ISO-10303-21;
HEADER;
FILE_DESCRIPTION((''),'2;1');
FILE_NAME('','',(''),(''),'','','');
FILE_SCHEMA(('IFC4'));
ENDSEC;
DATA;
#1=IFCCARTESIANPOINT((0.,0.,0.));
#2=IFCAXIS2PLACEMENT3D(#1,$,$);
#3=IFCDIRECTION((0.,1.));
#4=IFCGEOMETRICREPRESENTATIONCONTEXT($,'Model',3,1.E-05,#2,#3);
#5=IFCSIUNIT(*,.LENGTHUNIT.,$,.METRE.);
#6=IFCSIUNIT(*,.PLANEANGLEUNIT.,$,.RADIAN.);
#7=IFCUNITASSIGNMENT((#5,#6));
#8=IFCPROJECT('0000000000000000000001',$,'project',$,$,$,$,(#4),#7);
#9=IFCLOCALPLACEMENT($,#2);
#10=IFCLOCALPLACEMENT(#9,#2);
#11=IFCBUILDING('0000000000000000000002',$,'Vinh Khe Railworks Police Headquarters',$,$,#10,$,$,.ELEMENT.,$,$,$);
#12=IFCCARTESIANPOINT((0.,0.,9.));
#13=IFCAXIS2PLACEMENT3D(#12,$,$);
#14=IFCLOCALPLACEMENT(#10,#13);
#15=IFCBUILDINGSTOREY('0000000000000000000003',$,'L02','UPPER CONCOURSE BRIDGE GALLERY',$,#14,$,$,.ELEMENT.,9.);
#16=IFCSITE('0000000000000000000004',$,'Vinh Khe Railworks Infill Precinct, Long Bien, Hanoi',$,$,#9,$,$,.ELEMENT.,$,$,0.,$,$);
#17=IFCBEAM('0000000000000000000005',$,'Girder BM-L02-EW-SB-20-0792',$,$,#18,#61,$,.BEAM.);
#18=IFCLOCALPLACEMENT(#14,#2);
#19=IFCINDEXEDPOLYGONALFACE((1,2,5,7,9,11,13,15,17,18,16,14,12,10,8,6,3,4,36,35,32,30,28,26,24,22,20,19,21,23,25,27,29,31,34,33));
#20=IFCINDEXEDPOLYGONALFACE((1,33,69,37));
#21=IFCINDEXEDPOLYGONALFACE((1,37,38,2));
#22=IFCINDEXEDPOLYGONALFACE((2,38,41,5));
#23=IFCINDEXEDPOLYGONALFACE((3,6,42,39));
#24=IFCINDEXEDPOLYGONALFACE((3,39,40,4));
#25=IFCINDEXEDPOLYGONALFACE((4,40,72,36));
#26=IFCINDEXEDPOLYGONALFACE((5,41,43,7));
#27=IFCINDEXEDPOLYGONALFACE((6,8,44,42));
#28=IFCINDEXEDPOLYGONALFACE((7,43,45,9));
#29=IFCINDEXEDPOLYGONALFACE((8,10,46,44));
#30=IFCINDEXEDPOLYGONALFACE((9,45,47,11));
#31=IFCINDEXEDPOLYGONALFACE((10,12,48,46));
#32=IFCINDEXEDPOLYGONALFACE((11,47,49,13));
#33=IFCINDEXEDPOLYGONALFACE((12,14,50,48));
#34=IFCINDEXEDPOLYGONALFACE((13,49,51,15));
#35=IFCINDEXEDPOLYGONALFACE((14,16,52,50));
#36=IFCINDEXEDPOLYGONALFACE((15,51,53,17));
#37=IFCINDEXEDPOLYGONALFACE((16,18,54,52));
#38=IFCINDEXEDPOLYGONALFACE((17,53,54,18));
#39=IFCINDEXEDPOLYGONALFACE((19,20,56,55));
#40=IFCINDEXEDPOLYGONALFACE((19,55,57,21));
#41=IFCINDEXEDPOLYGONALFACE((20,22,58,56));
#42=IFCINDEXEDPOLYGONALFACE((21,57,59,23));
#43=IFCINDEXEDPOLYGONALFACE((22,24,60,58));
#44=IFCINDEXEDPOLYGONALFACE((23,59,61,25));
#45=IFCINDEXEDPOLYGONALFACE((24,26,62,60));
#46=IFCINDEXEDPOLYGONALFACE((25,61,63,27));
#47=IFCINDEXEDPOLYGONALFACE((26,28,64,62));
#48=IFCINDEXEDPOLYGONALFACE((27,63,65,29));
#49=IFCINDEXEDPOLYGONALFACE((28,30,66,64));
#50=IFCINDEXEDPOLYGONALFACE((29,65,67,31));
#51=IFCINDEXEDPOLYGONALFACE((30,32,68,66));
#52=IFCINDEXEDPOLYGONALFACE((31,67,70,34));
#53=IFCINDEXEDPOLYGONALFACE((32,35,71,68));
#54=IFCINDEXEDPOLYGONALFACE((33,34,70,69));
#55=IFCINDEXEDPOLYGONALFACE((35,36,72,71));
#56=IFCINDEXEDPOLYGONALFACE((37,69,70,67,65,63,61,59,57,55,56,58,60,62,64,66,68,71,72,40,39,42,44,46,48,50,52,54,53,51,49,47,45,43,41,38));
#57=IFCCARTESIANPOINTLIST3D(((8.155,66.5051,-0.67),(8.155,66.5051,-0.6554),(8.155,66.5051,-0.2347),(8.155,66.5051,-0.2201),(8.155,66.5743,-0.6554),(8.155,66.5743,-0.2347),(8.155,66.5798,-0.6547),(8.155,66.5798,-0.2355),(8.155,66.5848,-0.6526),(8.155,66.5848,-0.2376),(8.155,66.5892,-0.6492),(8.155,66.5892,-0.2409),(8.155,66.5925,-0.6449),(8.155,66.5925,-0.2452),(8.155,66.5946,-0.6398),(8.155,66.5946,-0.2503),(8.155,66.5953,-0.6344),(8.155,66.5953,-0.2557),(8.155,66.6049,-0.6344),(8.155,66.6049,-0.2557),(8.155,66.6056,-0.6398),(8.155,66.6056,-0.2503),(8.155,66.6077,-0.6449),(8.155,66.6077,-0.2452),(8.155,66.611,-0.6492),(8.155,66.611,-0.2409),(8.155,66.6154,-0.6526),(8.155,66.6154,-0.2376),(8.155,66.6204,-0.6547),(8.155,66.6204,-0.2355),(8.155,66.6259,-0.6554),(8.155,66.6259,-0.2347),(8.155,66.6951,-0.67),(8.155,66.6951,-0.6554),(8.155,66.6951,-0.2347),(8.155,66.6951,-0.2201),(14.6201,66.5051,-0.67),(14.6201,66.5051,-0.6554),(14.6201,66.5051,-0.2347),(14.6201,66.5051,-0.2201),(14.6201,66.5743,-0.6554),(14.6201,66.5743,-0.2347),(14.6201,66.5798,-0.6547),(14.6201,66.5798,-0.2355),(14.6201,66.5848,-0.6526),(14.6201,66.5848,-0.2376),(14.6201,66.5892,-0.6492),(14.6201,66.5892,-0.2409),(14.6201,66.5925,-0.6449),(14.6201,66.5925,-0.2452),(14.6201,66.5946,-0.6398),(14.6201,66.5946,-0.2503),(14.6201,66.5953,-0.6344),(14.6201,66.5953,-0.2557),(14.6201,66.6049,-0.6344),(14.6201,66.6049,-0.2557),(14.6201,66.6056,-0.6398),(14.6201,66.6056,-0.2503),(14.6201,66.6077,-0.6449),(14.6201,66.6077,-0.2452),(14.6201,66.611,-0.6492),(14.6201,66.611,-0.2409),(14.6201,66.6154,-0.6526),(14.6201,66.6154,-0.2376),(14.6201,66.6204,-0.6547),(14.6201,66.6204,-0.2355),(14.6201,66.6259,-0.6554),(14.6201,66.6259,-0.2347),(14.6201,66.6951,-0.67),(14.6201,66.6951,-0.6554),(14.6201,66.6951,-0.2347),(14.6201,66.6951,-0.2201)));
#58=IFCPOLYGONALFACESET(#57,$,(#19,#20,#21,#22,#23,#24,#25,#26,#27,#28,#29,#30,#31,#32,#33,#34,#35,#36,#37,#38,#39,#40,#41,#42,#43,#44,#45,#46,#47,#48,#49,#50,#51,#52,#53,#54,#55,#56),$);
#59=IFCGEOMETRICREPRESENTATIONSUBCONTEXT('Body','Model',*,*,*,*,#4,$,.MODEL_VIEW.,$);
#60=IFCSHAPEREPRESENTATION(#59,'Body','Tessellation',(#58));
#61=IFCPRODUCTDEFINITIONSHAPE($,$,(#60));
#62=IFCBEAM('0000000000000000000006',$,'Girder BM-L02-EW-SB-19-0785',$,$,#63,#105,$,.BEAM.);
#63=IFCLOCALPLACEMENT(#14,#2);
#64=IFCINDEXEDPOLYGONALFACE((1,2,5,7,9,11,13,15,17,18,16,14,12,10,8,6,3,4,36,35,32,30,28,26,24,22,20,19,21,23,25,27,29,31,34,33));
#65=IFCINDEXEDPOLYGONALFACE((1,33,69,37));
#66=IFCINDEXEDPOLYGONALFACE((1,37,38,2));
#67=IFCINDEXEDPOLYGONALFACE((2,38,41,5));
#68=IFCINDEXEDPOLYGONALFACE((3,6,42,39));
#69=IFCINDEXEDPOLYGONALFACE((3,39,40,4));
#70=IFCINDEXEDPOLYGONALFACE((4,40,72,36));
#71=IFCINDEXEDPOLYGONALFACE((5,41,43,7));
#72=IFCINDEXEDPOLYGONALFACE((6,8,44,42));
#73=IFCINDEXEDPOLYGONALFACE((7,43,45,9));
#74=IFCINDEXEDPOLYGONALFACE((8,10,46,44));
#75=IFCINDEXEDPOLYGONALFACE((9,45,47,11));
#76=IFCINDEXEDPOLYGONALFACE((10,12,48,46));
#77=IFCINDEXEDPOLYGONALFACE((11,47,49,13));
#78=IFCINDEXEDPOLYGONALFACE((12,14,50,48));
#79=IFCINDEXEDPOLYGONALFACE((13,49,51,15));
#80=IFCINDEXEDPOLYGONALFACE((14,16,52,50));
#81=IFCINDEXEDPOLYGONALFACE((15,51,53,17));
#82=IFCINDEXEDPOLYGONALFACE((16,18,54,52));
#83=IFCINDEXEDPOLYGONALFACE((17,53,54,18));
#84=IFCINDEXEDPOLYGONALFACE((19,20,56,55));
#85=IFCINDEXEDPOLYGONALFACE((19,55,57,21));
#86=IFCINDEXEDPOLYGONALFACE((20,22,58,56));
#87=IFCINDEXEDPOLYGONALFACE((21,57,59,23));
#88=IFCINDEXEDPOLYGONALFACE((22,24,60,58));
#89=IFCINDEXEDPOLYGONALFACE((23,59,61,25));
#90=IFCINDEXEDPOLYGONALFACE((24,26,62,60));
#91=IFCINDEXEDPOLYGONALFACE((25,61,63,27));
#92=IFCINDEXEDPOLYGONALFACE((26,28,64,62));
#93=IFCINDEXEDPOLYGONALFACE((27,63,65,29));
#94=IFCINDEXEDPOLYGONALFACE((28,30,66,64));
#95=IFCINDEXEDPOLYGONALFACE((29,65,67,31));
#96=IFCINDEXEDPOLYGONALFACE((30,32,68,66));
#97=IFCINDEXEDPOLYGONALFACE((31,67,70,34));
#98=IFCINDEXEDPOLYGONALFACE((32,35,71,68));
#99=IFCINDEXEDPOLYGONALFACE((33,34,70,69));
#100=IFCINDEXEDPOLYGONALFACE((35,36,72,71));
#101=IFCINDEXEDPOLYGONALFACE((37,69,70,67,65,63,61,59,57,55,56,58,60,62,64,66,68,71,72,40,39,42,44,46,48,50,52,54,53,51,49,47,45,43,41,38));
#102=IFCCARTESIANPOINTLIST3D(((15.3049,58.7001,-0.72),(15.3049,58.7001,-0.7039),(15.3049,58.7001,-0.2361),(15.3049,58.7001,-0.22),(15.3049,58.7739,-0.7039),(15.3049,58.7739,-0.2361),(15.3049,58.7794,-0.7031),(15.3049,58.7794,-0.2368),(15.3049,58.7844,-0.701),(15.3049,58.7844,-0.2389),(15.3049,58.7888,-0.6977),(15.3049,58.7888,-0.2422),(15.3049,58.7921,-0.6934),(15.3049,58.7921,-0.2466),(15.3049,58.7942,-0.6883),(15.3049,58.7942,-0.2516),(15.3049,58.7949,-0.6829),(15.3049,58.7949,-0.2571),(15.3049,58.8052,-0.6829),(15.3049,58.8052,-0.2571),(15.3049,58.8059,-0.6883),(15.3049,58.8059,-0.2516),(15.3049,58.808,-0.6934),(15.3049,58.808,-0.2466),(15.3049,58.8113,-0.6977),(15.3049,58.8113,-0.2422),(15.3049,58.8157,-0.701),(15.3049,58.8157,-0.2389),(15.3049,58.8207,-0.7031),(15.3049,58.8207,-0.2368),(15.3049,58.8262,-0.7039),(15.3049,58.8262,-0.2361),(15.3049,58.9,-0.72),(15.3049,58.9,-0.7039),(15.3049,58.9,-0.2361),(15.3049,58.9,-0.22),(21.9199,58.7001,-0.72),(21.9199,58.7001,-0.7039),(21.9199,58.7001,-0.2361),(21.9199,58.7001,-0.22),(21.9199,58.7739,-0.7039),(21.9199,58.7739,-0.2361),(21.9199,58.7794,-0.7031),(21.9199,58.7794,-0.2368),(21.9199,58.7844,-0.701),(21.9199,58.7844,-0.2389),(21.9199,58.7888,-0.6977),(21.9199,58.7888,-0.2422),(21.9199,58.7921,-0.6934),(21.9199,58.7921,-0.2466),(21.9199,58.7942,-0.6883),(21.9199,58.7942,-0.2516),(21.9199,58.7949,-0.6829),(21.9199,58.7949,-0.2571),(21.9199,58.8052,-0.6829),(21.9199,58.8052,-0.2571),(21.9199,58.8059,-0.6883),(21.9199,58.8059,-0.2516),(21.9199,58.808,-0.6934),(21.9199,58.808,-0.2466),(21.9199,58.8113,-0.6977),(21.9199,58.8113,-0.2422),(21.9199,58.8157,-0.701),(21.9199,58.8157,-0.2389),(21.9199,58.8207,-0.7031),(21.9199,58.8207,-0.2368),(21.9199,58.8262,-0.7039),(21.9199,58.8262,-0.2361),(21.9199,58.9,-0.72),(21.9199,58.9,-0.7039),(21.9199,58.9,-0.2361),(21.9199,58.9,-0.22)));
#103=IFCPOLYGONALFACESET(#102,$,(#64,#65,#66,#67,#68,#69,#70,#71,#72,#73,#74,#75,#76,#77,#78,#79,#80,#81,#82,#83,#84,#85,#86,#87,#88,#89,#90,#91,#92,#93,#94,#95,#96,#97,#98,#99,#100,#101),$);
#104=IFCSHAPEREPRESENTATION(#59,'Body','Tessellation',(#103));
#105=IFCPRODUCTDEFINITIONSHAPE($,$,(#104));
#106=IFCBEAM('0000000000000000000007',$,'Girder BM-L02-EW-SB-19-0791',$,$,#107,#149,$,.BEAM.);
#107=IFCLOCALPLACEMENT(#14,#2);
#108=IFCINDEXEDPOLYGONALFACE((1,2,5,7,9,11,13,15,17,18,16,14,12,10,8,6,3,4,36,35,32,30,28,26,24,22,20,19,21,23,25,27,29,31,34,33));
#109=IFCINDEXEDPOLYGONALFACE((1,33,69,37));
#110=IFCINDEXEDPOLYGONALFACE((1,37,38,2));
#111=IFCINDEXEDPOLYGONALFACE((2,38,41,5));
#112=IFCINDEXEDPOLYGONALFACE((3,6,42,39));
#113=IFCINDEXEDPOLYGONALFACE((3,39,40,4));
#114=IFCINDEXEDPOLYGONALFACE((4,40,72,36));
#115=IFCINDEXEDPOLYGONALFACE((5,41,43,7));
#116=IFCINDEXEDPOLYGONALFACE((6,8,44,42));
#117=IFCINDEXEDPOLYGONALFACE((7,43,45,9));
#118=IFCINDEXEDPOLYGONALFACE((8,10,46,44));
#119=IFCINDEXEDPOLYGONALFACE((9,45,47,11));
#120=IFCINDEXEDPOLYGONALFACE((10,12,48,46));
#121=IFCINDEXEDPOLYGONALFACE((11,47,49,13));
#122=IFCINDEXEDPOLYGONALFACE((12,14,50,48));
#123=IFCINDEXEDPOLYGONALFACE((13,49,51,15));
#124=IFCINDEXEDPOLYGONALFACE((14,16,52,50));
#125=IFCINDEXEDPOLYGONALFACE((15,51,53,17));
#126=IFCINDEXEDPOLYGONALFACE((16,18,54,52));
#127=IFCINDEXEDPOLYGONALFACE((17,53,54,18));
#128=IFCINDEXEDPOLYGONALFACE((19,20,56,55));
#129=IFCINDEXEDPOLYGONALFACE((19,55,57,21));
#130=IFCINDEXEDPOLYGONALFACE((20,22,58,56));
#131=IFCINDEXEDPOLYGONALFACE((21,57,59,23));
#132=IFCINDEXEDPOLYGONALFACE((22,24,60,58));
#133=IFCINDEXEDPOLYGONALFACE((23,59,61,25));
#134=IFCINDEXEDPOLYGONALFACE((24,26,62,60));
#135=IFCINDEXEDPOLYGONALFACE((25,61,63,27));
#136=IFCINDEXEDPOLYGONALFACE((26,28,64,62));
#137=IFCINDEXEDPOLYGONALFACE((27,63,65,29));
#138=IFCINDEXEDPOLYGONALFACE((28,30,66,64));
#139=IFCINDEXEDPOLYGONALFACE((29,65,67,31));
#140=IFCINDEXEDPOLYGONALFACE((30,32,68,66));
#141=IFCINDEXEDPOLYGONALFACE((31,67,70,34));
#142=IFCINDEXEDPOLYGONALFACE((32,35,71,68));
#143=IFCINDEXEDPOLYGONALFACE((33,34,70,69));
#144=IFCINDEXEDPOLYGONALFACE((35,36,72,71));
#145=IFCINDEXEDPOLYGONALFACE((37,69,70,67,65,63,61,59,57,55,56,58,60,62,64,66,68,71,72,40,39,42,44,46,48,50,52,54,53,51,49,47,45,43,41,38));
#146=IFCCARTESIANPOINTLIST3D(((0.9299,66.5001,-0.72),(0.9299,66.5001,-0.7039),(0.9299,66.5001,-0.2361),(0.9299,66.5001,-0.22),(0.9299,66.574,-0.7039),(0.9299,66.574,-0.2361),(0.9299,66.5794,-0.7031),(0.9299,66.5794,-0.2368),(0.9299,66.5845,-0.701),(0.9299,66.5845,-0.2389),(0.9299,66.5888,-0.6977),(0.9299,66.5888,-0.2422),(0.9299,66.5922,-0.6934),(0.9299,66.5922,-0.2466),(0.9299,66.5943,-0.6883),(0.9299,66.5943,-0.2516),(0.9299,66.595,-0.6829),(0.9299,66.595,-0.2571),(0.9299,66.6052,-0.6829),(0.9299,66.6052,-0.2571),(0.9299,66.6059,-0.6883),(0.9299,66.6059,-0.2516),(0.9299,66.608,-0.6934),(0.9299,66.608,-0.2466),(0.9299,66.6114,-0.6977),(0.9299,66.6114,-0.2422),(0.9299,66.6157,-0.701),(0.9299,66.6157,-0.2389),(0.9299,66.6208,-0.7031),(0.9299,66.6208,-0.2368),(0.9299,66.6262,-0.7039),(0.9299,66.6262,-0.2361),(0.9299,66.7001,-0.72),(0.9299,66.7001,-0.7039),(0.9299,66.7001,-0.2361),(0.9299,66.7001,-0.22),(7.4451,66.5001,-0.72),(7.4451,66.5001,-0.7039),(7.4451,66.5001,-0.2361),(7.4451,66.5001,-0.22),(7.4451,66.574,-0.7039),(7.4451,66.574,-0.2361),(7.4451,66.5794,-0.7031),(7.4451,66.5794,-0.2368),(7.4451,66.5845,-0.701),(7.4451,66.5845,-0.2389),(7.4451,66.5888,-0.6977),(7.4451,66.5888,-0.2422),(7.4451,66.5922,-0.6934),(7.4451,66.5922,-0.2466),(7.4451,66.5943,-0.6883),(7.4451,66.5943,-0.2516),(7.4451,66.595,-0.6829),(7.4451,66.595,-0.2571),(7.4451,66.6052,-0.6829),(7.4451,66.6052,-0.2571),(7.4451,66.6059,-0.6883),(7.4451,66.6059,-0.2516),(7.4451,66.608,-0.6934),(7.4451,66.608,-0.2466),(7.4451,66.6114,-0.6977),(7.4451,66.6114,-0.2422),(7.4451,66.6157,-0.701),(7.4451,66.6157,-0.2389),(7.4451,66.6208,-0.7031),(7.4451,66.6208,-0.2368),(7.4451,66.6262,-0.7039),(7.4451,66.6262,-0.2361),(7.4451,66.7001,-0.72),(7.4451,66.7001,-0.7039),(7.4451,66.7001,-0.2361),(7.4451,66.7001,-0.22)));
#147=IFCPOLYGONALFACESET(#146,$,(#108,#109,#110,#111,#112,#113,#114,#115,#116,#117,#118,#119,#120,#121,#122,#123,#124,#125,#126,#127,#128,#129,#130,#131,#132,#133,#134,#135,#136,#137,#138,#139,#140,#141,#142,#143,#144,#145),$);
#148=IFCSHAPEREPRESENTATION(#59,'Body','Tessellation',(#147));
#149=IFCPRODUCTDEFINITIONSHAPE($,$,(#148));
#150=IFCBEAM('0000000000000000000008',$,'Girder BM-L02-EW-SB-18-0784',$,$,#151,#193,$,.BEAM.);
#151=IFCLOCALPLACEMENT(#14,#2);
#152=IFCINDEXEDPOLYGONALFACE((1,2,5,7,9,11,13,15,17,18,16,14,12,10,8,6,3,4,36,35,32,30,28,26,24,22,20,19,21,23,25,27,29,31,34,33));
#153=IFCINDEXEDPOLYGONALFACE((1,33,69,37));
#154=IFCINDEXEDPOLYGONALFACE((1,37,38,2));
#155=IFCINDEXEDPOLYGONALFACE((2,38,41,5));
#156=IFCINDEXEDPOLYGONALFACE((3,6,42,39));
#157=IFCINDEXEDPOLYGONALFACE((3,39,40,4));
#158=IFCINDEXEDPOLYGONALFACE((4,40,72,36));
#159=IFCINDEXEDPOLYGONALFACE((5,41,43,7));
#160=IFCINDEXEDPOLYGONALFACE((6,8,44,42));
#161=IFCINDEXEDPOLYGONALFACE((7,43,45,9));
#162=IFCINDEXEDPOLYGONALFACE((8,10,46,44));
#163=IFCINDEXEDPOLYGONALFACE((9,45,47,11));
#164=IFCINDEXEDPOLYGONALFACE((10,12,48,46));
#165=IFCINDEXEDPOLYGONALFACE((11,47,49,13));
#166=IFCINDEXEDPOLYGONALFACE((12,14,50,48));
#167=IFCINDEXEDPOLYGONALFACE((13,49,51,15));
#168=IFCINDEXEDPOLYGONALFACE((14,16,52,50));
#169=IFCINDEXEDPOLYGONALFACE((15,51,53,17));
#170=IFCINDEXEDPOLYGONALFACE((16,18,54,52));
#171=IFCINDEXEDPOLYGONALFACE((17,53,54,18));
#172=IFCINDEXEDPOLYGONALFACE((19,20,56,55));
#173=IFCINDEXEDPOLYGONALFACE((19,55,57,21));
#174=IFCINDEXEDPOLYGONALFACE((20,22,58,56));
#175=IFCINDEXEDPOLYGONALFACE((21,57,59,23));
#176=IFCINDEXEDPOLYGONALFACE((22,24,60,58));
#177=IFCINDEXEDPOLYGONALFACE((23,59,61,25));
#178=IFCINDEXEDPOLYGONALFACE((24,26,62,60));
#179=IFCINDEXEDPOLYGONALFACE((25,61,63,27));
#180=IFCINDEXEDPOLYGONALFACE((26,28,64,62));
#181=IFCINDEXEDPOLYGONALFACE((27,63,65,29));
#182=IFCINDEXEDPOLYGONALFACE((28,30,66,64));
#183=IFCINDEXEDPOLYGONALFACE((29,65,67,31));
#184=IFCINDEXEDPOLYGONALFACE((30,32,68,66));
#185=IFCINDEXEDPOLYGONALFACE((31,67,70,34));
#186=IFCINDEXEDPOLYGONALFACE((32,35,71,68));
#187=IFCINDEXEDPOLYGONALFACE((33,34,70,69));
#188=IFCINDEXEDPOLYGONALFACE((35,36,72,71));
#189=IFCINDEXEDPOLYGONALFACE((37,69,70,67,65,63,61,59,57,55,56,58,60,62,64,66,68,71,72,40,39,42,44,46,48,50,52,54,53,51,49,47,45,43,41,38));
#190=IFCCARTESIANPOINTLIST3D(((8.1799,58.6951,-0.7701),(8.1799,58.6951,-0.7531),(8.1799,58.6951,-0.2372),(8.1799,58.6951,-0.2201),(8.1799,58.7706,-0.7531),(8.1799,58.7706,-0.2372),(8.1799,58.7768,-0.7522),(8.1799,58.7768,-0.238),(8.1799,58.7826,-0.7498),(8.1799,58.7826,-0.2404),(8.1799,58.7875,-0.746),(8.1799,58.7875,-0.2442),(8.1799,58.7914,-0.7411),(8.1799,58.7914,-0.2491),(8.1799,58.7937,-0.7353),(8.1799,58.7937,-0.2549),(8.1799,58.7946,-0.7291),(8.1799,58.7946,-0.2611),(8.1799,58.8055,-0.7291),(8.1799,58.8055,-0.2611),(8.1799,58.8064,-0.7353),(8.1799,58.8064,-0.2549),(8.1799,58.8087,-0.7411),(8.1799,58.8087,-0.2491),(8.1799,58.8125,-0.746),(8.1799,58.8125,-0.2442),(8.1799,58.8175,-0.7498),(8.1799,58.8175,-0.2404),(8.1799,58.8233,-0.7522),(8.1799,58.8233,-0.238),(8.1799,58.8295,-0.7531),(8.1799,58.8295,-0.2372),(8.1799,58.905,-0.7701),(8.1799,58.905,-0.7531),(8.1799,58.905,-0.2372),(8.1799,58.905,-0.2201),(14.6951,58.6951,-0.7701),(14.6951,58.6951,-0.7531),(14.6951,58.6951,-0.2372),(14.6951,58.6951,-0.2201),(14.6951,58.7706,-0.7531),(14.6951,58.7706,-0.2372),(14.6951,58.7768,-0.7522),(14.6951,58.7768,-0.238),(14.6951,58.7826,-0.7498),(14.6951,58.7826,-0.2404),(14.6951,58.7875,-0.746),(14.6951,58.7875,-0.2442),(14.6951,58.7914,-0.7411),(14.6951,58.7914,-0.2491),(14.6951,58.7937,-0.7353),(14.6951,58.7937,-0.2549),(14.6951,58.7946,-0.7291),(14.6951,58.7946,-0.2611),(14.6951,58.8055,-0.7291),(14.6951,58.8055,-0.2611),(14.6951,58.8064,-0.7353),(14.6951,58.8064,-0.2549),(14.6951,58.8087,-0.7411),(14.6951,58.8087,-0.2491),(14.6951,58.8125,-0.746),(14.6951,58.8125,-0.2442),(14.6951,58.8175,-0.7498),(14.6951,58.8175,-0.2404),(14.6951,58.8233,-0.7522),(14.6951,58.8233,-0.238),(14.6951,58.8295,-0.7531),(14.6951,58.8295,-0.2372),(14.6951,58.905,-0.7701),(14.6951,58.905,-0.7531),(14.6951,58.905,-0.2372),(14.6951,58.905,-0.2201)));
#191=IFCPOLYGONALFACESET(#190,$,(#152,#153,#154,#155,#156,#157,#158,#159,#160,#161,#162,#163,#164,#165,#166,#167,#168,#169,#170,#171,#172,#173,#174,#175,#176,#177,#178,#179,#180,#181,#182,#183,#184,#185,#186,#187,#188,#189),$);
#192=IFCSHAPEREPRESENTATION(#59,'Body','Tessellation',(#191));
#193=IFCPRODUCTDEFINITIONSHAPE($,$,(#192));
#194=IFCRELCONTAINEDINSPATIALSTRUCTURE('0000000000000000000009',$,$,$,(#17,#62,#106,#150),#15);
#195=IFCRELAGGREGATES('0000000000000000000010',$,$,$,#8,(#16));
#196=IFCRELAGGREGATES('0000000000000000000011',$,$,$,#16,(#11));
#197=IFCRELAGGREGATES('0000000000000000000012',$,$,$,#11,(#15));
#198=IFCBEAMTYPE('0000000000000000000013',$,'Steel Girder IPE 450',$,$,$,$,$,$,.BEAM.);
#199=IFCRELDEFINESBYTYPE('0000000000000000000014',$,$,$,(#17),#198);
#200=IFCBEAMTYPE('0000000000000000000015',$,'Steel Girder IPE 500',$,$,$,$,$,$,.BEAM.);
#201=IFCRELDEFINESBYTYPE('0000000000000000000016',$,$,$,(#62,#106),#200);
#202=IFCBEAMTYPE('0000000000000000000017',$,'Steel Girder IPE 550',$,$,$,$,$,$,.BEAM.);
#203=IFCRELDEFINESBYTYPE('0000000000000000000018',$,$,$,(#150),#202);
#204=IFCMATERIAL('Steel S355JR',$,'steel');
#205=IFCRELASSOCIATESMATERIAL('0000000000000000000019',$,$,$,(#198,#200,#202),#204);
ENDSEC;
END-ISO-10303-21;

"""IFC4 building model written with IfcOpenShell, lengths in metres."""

from ifc_helpers import new_model, si_unit, direction, frame, origin, origin_2d, place, context, subcontext, project, spatial, i_section, extrude, material, material_profile, profile_set, type_object, element, save


model = new_model("IFC4")

# Units and contexts
model_context = context("Model", 3, precision=1e-05, world=origin(), true_north=direction((0.0, 1.0)))
body_context = subcontext(model_context, "Body", "Model", "MODEL_VIEW")
ifc_project = project(units=[si_unit("LENGTHUNIT", "METRE"), si_unit("PLANEANGLEUNIT", "RADIAN")], contexts=[model_context])

# Site, building, storey
site_placement = place(None, origin())
site = spatial("IfcSite", under=ifc_project, at=site_placement, Name="Vinh Khe Railworks Infill Precinct, Long Bien, Hanoi", CompositionType="ELEMENT", RefElevation=0.0)
building_placement = place(site_placement, origin())
building = spatial("IfcBuilding", under=site, at=building_placement, Name="Vinh Khe Railworks Police Headquarters", CompositionType="ELEMENT")
storey_placement = place(building_placement, frame((0.0, 0.0, 9.0)))
storey = spatial("IfcBuildingStorey", under=building, at=storey_placement, Name="L02", Description="UPPER CONCOURSE BRIDGE GALLERY", CompositionType="ELEMENT", Elevation=9.0)

# Shared definitions
ifc_material_1 = material(Name="Steel S355JR", Category="steel")

# Beams
ifc_material_profile_1 = material_profile(ifc_material_1, i_section(OverallWidth=0.1899, OverallDepth=0.45, WebThickness=0.0095, FlangeThickness=0.0146, FilletRadius=0.021, at=origin_2d()), Name="IPE 450")
ifc_profile_set_1 = profile_set([ifc_material_profile_1], Name="Steel S355JR")
beam_type_1 = type_object("IfcBeamType", Name="Steel Girder IPE 450", PredefinedType="BEAM", material=ifc_profile_set_1)
beam_1_placement = place(storey_placement, frame((8.155, 66.6001, -0.4451), z_axis=(1.0, 0.0, 0.0), x_axis=(0.0, 1.0, 0.0)))
element("IfcBeam", 1, at=beam_1_placement, inside=storey, type_object=beam_type_1, Name="Girder BM-L02-EW-SB-20-0792", PredefinedType="BEAM", context=body_context, shape_type="SweptSolid", body=[
    extrude(i_section(OverallWidth=0.1899, OverallDepth=0.45, WebThickness=0.0095, FlangeThickness=0.0146, FilletRadius=0.021, at=origin_2d()), origin(), (0.0, 0.0, 1.0), 6.4651),
])
ifc_material_profile_2 = material_profile(ifc_material_1, i_section(OverallWidth=0.2, OverallDepth=0.5, WebThickness=0.0103, FlangeThickness=0.0161, FilletRadius=0.021, at=origin_2d()), Name="IPE 500")
ifc_profile_set_2 = profile_set([ifc_material_profile_2], Name="Steel S355JR")
beam_type_2 = type_object("IfcBeamType", Name="Steel Girder IPE 500", PredefinedType="BEAM", material=ifc_profile_set_2)
beam_2_placement = place(storey_placement, frame((15.3049, 58.8, -0.47), z_axis=(1.0, 0.0, 0.0), x_axis=(0.0, 1.0, 0.0)))
element("IfcBeam", 2, at=beam_2_placement, inside=storey, type_object=beam_type_2, Name="Girder BM-L02-EW-SB-19-0785", PredefinedType="BEAM", context=body_context, shape_type="SweptSolid", body=[
    extrude(i_section(OverallWidth=0.2, OverallDepth=0.5, WebThickness=0.0103, FlangeThickness=0.0161, FilletRadius=0.021, at=origin_2d()), origin(), (0.0, 0.0, 1.0), 6.615),
])
beam_3_placement = place(storey_placement, frame((0.9299, 66.6001, -0.47), z_axis=(1.0, 0.0, 0.0), x_axis=(0.0, 1.0, 0.0)))
element("IfcBeam", 3, at=beam_3_placement, inside=storey, type_object=beam_type_2, Name="Girder BM-L02-EW-SB-19-0791", PredefinedType="BEAM", context=body_context, shape_type="SweptSolid", body=[
    extrude(i_section(OverallWidth=0.2, OverallDepth=0.5, WebThickness=0.0103, FlangeThickness=0.0161, FilletRadius=0.021, at=origin_2d()), origin(), (0.0, 0.0, 1.0), 6.5151),
])
ifc_material_profile_3 = material_profile(ifc_material_1, i_section(OverallWidth=0.21, OverallDepth=0.55, WebThickness=0.011, FlangeThickness=0.0171, FilletRadius=0.0239, at=origin_2d()), Name="IPE 550")
ifc_profile_set_3 = profile_set([ifc_material_profile_3], Name="Steel S355JR")
beam_type_3 = type_object("IfcBeamType", Name="Steel Girder IPE 550", PredefinedType="BEAM", material=ifc_profile_set_3)
beam_4_placement = place(storey_placement, frame((8.1799, 58.8, -0.4951), z_axis=(1.0, 0.0, 0.0), x_axis=(0.0, 1.0, 0.0)))
element("IfcBeam", 4, at=beam_4_placement, inside=storey, type_object=beam_type_3, Name="Girder BM-L02-EW-SB-18-0784", PredefinedType="BEAM", context=body_context, shape_type="SweptSolid", body=[
    extrude(i_section(OverallWidth=0.21, OverallDepth=0.55, WebThickness=0.011, FlangeThickness=0.0171, FilletRadius=0.0239, at=origin_2d()), origin(), (0.0, 0.0, 1.0), 6.5151),
])

save(model, "model.ifc")
